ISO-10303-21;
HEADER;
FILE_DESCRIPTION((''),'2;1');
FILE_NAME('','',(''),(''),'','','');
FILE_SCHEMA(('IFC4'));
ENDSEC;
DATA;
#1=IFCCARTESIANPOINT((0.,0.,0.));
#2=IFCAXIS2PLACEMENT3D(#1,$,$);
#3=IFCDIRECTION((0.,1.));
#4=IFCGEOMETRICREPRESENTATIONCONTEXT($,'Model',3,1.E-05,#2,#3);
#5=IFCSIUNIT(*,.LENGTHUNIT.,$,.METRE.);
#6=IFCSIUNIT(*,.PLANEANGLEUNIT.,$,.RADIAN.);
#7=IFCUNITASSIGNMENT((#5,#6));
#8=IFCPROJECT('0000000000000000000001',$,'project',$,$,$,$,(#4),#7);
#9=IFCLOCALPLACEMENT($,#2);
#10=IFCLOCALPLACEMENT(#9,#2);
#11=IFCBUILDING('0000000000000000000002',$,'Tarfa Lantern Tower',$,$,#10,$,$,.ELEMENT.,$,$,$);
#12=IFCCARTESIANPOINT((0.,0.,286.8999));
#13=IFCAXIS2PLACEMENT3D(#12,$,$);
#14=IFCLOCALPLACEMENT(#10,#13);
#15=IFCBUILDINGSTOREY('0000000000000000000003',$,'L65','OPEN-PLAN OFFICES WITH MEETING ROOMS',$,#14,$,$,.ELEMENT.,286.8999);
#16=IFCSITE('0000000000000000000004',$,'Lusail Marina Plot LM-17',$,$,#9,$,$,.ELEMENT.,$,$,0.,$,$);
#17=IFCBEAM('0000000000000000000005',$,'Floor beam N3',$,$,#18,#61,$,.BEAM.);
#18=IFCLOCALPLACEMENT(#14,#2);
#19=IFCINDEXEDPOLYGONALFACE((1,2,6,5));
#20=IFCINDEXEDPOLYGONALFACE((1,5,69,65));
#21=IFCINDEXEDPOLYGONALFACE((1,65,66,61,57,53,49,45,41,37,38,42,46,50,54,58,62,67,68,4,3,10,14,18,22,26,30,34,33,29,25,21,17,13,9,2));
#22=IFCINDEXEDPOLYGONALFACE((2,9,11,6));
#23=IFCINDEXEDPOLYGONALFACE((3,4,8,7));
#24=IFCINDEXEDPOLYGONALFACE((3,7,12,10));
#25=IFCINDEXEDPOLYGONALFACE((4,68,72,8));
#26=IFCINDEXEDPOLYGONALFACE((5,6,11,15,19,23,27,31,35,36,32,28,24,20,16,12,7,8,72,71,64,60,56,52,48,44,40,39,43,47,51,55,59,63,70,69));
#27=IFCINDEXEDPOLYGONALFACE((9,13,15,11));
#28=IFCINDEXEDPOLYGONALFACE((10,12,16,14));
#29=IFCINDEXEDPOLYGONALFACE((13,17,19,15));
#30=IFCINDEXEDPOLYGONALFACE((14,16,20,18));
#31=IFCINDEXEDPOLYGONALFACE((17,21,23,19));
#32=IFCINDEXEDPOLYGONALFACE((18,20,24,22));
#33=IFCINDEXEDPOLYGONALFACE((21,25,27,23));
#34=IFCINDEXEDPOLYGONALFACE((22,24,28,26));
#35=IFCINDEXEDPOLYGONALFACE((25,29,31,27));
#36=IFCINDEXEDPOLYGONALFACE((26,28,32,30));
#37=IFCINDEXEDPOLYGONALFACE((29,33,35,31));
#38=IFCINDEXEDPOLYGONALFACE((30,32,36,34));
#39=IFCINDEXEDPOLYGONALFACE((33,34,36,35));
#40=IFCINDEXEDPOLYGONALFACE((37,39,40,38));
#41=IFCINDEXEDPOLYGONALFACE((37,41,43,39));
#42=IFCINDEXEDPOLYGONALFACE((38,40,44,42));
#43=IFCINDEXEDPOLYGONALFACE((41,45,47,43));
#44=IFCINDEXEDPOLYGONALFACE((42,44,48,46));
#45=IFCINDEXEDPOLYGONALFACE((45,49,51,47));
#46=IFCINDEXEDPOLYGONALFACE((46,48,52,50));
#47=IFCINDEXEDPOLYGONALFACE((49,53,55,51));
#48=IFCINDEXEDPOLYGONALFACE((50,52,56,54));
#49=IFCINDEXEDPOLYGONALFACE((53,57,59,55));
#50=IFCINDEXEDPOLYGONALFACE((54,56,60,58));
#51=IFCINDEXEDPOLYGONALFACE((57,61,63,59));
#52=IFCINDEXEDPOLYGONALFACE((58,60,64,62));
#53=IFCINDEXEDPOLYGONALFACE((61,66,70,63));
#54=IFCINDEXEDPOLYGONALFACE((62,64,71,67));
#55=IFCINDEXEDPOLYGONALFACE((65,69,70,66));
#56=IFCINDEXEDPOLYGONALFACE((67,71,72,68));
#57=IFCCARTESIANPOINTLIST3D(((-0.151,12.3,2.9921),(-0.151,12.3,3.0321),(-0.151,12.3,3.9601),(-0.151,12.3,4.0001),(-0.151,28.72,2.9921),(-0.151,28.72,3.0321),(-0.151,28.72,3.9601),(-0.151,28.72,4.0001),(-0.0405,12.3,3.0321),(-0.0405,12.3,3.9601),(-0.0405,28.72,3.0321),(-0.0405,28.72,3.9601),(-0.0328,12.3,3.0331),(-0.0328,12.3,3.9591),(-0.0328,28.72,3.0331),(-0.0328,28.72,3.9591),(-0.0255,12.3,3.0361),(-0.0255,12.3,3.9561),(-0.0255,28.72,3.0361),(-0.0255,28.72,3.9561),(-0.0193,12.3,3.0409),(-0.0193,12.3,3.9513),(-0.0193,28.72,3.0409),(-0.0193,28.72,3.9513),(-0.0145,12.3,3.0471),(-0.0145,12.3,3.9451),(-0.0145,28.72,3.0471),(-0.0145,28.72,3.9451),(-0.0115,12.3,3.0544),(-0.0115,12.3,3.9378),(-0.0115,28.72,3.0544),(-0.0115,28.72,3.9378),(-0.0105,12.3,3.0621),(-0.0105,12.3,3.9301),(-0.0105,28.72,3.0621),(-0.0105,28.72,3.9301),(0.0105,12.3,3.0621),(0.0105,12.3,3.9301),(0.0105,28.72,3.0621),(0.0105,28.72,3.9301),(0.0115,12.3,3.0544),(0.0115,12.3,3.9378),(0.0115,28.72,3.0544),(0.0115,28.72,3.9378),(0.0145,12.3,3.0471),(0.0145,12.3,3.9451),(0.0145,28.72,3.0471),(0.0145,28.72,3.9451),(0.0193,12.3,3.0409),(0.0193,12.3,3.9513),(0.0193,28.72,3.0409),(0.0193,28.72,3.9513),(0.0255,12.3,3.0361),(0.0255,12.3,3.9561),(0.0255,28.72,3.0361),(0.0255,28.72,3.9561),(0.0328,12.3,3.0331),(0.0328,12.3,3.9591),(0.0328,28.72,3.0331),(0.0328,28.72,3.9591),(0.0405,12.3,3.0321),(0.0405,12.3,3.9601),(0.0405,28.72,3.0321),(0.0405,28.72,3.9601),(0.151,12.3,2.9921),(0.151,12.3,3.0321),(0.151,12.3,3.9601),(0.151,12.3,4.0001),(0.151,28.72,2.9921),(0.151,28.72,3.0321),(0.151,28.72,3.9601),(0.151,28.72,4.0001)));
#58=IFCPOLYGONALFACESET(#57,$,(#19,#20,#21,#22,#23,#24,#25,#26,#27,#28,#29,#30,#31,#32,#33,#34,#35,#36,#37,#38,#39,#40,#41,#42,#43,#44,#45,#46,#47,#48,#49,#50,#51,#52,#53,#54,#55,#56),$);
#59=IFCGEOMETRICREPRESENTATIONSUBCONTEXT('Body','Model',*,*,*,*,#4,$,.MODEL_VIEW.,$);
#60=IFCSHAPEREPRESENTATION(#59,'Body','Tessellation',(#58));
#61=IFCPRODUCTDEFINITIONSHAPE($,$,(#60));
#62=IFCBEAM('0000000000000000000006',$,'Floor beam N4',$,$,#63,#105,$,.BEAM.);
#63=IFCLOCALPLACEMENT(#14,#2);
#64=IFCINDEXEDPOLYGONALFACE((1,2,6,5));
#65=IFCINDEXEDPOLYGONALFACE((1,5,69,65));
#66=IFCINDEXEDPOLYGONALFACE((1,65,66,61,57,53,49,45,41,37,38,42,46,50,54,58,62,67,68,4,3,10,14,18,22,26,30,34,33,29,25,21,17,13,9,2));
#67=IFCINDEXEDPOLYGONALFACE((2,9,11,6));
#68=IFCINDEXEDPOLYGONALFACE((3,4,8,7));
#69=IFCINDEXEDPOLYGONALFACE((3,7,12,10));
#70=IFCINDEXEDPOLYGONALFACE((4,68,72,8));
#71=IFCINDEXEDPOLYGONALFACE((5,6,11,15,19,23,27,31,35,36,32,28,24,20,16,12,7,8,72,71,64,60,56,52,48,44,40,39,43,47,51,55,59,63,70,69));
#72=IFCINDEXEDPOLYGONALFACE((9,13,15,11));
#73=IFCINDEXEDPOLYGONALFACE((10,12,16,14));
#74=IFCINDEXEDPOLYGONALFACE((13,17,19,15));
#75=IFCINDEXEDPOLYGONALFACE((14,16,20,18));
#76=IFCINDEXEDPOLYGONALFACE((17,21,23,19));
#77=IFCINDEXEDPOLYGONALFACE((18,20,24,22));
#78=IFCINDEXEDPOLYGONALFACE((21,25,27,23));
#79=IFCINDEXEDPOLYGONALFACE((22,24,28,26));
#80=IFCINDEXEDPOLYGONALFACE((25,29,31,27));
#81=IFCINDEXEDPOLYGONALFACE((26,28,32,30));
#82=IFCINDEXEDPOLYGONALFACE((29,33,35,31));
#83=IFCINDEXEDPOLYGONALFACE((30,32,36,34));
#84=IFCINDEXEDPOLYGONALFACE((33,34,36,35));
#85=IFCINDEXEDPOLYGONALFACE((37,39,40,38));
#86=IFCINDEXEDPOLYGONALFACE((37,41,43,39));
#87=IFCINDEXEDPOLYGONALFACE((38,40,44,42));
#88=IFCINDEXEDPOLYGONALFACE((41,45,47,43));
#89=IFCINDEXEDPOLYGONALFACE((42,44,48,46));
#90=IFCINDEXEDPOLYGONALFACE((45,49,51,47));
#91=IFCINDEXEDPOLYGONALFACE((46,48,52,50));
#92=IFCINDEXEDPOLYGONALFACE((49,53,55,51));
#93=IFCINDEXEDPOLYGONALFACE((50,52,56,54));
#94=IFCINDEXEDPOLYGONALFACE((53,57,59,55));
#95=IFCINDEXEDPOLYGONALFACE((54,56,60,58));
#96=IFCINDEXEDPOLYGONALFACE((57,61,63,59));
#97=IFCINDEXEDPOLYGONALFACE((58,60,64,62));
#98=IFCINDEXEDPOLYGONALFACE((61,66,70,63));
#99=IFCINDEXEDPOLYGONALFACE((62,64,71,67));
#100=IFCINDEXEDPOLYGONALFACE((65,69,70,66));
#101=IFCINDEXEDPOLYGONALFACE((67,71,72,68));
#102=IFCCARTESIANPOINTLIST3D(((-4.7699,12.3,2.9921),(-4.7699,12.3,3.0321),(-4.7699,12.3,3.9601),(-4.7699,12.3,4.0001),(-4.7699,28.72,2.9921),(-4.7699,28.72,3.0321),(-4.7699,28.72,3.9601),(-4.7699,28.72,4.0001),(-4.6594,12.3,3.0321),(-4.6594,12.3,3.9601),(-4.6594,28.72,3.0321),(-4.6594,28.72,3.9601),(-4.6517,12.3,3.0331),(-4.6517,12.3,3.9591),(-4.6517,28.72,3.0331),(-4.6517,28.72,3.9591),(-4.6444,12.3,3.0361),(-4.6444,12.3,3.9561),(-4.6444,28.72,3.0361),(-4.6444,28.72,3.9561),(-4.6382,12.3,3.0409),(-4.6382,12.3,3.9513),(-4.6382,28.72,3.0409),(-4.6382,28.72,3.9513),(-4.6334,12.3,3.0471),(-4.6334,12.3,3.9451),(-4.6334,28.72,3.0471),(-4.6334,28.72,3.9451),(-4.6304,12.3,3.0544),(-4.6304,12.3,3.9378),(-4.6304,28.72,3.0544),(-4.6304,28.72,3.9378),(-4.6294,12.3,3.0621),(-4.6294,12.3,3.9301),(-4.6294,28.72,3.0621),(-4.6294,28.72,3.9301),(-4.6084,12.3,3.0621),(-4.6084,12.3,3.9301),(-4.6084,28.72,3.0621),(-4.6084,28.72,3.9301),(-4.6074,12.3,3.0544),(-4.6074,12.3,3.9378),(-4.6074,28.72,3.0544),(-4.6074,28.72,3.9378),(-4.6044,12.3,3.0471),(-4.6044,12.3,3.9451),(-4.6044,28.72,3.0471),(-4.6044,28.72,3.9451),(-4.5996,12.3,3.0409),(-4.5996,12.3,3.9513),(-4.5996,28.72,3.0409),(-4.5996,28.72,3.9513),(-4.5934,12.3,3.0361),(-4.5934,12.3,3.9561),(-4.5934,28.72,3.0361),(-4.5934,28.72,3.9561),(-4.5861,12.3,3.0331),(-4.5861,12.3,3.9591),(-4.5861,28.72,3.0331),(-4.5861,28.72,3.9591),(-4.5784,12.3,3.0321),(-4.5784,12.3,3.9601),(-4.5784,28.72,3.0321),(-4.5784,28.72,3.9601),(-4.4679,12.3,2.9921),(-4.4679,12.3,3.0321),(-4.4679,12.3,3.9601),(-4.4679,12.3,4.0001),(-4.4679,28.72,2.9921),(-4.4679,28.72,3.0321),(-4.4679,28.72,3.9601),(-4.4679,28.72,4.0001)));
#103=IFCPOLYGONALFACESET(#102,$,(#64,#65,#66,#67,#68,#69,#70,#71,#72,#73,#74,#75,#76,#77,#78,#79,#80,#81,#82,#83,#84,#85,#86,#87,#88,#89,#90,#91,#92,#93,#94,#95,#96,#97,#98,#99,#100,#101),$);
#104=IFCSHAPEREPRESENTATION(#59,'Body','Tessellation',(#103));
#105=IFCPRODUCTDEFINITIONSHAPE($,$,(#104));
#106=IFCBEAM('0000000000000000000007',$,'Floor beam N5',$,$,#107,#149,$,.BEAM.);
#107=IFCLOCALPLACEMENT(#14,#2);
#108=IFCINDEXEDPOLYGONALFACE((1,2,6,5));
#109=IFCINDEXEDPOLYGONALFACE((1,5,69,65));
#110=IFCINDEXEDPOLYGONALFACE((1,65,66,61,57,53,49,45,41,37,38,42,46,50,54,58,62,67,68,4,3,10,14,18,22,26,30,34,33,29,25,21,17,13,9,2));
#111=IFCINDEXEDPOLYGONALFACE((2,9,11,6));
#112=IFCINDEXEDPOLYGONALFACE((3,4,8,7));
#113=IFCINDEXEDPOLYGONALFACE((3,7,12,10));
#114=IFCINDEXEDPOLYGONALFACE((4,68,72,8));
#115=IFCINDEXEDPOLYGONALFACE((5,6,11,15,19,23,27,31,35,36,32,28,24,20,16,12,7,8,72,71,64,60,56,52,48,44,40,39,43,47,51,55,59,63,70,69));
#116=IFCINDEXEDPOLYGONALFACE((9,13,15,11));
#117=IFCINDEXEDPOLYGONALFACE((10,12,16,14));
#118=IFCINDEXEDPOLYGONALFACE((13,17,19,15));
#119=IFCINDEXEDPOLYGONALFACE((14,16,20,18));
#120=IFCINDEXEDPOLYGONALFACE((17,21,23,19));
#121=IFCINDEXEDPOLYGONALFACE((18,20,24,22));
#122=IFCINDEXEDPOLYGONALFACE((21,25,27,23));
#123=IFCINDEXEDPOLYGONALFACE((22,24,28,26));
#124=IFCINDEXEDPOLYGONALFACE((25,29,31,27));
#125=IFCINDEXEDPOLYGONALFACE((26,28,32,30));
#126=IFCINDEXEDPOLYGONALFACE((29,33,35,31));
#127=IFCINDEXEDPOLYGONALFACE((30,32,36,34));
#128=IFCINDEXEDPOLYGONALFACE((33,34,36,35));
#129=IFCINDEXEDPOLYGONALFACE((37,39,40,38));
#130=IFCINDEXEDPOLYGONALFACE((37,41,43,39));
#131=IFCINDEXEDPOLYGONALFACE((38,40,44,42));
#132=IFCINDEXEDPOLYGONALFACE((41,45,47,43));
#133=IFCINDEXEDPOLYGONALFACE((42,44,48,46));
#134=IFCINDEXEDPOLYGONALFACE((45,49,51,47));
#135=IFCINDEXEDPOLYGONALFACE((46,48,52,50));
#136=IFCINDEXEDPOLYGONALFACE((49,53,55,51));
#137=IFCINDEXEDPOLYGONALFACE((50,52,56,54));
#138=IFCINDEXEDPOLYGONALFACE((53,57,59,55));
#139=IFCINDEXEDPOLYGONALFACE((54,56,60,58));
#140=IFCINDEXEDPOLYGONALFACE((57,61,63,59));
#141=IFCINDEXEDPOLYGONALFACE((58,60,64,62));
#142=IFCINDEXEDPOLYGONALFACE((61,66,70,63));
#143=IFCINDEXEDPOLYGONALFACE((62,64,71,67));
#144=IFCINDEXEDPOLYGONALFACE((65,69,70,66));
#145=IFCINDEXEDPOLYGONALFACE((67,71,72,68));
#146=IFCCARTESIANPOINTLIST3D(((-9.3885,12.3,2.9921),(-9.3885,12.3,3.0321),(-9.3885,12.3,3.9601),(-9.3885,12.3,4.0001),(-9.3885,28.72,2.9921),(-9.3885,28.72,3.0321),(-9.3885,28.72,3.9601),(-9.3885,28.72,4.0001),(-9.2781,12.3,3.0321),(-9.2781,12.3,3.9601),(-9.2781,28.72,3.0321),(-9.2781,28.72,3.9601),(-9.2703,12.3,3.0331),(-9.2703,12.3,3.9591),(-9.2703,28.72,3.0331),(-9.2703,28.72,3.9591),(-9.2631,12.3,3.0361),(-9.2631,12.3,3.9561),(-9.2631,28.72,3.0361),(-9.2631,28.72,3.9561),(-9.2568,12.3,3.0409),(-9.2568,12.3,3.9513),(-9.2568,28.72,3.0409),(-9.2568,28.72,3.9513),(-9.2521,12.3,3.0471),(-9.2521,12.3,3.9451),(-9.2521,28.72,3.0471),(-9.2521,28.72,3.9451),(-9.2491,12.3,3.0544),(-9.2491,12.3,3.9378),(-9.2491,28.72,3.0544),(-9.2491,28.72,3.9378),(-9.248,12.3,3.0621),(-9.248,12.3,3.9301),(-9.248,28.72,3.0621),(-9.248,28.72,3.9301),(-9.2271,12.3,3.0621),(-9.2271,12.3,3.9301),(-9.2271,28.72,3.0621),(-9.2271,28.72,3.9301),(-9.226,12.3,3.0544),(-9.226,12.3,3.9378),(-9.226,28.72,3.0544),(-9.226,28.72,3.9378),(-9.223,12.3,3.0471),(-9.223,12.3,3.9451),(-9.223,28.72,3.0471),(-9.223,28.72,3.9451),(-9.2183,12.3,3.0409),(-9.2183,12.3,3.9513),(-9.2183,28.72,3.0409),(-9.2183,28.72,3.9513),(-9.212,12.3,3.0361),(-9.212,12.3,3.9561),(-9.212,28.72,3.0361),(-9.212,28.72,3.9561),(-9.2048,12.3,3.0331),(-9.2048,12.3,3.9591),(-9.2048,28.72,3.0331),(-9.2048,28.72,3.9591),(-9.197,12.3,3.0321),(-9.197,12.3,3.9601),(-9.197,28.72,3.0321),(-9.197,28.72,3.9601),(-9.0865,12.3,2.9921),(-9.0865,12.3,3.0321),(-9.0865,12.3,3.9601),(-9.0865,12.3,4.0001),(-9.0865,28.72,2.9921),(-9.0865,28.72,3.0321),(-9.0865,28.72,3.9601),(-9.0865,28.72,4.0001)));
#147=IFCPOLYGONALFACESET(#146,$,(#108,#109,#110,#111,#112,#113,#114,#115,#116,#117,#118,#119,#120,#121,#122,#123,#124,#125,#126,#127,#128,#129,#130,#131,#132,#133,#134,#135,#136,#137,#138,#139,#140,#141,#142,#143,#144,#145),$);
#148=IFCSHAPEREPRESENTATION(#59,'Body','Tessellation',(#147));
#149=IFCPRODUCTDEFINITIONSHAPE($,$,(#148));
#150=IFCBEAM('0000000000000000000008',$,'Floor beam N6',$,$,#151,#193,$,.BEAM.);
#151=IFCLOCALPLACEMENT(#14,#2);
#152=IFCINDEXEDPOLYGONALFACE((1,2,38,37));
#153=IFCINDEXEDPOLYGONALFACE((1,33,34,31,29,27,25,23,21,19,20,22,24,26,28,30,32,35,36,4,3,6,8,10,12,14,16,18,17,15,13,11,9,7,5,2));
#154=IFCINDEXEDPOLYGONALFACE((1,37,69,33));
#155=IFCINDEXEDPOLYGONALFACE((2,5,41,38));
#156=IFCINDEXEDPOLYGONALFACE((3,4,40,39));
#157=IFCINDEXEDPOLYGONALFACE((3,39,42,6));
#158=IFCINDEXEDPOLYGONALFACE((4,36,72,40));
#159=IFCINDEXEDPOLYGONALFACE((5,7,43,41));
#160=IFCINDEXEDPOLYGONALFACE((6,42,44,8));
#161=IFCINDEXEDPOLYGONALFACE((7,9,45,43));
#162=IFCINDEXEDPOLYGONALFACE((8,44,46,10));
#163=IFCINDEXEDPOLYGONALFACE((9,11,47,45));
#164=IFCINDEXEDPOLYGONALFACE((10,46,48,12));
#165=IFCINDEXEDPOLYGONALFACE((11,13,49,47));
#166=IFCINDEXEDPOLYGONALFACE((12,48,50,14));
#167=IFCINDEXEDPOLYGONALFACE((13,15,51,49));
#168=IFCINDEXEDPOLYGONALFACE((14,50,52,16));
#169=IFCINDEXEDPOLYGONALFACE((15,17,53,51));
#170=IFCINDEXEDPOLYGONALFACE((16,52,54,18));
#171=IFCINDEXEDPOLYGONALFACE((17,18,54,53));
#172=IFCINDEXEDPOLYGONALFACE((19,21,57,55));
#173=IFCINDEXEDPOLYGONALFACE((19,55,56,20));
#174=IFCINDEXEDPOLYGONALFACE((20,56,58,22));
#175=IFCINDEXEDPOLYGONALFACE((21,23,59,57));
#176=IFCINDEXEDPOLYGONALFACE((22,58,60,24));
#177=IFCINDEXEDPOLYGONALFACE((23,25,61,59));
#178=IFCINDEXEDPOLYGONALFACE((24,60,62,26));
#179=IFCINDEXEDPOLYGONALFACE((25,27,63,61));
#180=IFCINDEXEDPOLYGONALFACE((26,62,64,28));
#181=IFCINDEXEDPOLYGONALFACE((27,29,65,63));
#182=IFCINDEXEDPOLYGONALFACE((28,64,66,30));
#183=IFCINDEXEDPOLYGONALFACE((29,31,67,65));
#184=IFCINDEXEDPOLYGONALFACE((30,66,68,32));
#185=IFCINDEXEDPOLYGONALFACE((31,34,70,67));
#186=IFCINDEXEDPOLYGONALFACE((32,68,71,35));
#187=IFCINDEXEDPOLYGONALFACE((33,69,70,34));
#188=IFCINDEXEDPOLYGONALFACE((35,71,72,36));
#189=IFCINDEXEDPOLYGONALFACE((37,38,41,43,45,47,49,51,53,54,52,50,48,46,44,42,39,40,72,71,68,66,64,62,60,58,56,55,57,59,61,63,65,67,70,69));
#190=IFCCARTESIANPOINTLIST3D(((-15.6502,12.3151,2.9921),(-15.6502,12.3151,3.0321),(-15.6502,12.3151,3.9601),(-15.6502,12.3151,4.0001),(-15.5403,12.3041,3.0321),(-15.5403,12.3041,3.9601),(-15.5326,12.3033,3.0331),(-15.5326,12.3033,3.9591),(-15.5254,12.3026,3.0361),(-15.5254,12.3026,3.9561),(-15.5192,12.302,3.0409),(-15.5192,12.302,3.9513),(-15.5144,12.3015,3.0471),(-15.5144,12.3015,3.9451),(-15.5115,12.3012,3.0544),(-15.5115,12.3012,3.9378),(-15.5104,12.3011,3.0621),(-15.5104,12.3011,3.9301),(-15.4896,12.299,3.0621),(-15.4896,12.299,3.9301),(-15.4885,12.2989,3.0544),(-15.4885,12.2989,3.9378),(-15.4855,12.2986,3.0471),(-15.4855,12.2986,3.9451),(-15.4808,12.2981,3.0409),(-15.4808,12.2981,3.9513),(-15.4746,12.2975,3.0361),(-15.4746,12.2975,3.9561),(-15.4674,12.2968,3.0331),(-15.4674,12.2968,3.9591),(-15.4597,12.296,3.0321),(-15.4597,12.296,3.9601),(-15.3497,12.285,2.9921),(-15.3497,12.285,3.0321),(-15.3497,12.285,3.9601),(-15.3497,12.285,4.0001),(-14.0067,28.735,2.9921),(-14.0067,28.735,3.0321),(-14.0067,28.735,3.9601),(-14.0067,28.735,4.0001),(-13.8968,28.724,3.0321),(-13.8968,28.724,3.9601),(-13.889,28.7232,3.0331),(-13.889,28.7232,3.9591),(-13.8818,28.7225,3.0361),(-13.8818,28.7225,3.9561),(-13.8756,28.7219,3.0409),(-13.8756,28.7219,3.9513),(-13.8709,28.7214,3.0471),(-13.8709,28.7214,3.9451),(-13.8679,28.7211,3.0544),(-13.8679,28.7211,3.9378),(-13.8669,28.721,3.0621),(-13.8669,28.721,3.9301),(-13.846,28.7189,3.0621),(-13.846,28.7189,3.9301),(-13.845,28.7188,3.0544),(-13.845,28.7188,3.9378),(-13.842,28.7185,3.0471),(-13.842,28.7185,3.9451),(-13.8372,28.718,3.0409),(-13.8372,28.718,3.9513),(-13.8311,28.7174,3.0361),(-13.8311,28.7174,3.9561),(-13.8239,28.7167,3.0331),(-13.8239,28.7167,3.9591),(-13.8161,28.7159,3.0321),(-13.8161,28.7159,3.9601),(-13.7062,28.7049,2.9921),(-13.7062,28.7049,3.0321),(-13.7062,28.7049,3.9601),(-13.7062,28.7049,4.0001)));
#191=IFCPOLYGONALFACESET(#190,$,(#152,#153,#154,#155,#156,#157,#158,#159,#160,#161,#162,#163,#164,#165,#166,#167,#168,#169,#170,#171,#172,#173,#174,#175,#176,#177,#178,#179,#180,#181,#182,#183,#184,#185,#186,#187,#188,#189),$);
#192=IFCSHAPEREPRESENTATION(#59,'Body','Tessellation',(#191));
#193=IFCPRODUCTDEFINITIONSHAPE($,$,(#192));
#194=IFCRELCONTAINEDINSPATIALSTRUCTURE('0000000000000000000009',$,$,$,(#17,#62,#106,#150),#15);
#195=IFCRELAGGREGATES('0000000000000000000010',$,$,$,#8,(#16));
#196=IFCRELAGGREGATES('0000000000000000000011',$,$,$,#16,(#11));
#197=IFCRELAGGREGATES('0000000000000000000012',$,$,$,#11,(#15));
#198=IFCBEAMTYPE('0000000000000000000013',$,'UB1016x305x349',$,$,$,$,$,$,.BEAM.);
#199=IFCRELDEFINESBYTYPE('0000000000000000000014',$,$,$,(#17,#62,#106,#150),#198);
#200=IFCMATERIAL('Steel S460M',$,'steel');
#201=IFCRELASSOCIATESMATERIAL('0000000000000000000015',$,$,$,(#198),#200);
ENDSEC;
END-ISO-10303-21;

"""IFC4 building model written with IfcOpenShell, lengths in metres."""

from ifc_helpers import new_model, si_unit, direction, frame, origin, origin_2d, place, context, subcontext, project, spatial, i_section, extrude, material, material_profile, profile_set, type_object, element, save


model = new_model("IFC4")

# Units and contexts
model_context = context("Model", 3, precision=1e-05, world=origin(), true_north=direction((0.0, 1.0)))
body_context = subcontext(model_context, "Body", "Model", "MODEL_VIEW")
ifc_project = project(units=[si_unit("LENGTHUNIT", "METRE"), si_unit("PLANEANGLEUNIT", "RADIAN")], contexts=[model_context])

# Site, building, storey
site_placement = place(None, origin())
site = spatial("IfcSite", under=ifc_project, at=site_placement, Name="Lusail Marina Plot LM-17", CompositionType="ELEMENT", RefElevation=0.0)
building_placement = place(site_placement, origin())
building = spatial("IfcBuilding", under=site, at=building_placement, Name="Tarfa Lantern Tower", CompositionType="ELEMENT")
storey_placement = place(building_placement, frame((0.0, 0.0, 286.8999)))
storey = spatial("IfcBuildingStorey", under=building, at=storey_placement, Name="L65", Description="OPEN-PLAN OFFICES WITH MEETING ROOMS", CompositionType="ELEMENT", Elevation=286.8999)

# Beams
ifc_material_1 = material(Name="Steel S460M", Category="steel")
ifc_material_profile_1 = material_profile(ifc_material_1, i_section(OverallWidth=0.302, OverallDepth=1.0081, WebThickness=0.021, FlangeThickness=0.04, FilletRadius=0.03, at=origin_2d()), Name="UB1016x305x349")
ifc_profile_set_1 = profile_set([ifc_material_profile_1], Name="Steel S460M")
beam_type_1 = type_object("IfcBeamType", Name="UB1016x305x349", PredefinedType="BEAM", material=ifc_profile_set_1)
for number, where, z_axis, x_axis, name in (
    (1, (0.0, 28.72, 3.4961), (0.0, -1.0, 0.0), (1.0, 0.0, 0.0), "Floor beam N3"),
    (2, (-4.6189, 28.72, 3.4961), (0.0, -1.0, 0.0), (1.0, 0.0, 0.0), "Floor beam N4"),
    (3, (-9.2375, 28.72, 3.4961), (0.0, -1.0, 0.0), (1.0, 0.0, 0.0), "Floor beam N5"),
):
    element("IfcBeam", number, at=place(storey_placement, frame(where, z_axis=z_axis, x_axis=x_axis)), inside=storey, type_object=beam_type_1, Name=name, PredefinedType="BEAM", context=body_context, shape_type="SweptSolid", body=[
        extrude(i_section(OverallWidth=0.302, OverallDepth=1.0081, WebThickness=0.021, FlangeThickness=0.04, FilletRadius=0.03, at=origin_2d()), origin(), (0.0, 0.0, 1.0), 16.4199),
    ])
beam_1_placement = place(storey_placement, frame((-13.8564, 28.72, 3.4961), z_axis=(-0.099597, -0.995028, 0.0), x_axis=(0.995028, -0.099597, 0.0)))
element("IfcBeam", 4, at=beam_1_placement, inside=storey, type_object=beam_type_1, Name="Floor beam N6", PredefinedType="BEAM", context=body_context, shape_type="SweptSolid", body=[
    extrude(i_section(OverallWidth=0.302, OverallDepth=1.0081, WebThickness=0.021, FlangeThickness=0.04, FilletRadius=0.03, at=origin_2d()), origin(), (0.0, 0.0, 1.0), 16.502),
])

save(model, "model.ifc")
